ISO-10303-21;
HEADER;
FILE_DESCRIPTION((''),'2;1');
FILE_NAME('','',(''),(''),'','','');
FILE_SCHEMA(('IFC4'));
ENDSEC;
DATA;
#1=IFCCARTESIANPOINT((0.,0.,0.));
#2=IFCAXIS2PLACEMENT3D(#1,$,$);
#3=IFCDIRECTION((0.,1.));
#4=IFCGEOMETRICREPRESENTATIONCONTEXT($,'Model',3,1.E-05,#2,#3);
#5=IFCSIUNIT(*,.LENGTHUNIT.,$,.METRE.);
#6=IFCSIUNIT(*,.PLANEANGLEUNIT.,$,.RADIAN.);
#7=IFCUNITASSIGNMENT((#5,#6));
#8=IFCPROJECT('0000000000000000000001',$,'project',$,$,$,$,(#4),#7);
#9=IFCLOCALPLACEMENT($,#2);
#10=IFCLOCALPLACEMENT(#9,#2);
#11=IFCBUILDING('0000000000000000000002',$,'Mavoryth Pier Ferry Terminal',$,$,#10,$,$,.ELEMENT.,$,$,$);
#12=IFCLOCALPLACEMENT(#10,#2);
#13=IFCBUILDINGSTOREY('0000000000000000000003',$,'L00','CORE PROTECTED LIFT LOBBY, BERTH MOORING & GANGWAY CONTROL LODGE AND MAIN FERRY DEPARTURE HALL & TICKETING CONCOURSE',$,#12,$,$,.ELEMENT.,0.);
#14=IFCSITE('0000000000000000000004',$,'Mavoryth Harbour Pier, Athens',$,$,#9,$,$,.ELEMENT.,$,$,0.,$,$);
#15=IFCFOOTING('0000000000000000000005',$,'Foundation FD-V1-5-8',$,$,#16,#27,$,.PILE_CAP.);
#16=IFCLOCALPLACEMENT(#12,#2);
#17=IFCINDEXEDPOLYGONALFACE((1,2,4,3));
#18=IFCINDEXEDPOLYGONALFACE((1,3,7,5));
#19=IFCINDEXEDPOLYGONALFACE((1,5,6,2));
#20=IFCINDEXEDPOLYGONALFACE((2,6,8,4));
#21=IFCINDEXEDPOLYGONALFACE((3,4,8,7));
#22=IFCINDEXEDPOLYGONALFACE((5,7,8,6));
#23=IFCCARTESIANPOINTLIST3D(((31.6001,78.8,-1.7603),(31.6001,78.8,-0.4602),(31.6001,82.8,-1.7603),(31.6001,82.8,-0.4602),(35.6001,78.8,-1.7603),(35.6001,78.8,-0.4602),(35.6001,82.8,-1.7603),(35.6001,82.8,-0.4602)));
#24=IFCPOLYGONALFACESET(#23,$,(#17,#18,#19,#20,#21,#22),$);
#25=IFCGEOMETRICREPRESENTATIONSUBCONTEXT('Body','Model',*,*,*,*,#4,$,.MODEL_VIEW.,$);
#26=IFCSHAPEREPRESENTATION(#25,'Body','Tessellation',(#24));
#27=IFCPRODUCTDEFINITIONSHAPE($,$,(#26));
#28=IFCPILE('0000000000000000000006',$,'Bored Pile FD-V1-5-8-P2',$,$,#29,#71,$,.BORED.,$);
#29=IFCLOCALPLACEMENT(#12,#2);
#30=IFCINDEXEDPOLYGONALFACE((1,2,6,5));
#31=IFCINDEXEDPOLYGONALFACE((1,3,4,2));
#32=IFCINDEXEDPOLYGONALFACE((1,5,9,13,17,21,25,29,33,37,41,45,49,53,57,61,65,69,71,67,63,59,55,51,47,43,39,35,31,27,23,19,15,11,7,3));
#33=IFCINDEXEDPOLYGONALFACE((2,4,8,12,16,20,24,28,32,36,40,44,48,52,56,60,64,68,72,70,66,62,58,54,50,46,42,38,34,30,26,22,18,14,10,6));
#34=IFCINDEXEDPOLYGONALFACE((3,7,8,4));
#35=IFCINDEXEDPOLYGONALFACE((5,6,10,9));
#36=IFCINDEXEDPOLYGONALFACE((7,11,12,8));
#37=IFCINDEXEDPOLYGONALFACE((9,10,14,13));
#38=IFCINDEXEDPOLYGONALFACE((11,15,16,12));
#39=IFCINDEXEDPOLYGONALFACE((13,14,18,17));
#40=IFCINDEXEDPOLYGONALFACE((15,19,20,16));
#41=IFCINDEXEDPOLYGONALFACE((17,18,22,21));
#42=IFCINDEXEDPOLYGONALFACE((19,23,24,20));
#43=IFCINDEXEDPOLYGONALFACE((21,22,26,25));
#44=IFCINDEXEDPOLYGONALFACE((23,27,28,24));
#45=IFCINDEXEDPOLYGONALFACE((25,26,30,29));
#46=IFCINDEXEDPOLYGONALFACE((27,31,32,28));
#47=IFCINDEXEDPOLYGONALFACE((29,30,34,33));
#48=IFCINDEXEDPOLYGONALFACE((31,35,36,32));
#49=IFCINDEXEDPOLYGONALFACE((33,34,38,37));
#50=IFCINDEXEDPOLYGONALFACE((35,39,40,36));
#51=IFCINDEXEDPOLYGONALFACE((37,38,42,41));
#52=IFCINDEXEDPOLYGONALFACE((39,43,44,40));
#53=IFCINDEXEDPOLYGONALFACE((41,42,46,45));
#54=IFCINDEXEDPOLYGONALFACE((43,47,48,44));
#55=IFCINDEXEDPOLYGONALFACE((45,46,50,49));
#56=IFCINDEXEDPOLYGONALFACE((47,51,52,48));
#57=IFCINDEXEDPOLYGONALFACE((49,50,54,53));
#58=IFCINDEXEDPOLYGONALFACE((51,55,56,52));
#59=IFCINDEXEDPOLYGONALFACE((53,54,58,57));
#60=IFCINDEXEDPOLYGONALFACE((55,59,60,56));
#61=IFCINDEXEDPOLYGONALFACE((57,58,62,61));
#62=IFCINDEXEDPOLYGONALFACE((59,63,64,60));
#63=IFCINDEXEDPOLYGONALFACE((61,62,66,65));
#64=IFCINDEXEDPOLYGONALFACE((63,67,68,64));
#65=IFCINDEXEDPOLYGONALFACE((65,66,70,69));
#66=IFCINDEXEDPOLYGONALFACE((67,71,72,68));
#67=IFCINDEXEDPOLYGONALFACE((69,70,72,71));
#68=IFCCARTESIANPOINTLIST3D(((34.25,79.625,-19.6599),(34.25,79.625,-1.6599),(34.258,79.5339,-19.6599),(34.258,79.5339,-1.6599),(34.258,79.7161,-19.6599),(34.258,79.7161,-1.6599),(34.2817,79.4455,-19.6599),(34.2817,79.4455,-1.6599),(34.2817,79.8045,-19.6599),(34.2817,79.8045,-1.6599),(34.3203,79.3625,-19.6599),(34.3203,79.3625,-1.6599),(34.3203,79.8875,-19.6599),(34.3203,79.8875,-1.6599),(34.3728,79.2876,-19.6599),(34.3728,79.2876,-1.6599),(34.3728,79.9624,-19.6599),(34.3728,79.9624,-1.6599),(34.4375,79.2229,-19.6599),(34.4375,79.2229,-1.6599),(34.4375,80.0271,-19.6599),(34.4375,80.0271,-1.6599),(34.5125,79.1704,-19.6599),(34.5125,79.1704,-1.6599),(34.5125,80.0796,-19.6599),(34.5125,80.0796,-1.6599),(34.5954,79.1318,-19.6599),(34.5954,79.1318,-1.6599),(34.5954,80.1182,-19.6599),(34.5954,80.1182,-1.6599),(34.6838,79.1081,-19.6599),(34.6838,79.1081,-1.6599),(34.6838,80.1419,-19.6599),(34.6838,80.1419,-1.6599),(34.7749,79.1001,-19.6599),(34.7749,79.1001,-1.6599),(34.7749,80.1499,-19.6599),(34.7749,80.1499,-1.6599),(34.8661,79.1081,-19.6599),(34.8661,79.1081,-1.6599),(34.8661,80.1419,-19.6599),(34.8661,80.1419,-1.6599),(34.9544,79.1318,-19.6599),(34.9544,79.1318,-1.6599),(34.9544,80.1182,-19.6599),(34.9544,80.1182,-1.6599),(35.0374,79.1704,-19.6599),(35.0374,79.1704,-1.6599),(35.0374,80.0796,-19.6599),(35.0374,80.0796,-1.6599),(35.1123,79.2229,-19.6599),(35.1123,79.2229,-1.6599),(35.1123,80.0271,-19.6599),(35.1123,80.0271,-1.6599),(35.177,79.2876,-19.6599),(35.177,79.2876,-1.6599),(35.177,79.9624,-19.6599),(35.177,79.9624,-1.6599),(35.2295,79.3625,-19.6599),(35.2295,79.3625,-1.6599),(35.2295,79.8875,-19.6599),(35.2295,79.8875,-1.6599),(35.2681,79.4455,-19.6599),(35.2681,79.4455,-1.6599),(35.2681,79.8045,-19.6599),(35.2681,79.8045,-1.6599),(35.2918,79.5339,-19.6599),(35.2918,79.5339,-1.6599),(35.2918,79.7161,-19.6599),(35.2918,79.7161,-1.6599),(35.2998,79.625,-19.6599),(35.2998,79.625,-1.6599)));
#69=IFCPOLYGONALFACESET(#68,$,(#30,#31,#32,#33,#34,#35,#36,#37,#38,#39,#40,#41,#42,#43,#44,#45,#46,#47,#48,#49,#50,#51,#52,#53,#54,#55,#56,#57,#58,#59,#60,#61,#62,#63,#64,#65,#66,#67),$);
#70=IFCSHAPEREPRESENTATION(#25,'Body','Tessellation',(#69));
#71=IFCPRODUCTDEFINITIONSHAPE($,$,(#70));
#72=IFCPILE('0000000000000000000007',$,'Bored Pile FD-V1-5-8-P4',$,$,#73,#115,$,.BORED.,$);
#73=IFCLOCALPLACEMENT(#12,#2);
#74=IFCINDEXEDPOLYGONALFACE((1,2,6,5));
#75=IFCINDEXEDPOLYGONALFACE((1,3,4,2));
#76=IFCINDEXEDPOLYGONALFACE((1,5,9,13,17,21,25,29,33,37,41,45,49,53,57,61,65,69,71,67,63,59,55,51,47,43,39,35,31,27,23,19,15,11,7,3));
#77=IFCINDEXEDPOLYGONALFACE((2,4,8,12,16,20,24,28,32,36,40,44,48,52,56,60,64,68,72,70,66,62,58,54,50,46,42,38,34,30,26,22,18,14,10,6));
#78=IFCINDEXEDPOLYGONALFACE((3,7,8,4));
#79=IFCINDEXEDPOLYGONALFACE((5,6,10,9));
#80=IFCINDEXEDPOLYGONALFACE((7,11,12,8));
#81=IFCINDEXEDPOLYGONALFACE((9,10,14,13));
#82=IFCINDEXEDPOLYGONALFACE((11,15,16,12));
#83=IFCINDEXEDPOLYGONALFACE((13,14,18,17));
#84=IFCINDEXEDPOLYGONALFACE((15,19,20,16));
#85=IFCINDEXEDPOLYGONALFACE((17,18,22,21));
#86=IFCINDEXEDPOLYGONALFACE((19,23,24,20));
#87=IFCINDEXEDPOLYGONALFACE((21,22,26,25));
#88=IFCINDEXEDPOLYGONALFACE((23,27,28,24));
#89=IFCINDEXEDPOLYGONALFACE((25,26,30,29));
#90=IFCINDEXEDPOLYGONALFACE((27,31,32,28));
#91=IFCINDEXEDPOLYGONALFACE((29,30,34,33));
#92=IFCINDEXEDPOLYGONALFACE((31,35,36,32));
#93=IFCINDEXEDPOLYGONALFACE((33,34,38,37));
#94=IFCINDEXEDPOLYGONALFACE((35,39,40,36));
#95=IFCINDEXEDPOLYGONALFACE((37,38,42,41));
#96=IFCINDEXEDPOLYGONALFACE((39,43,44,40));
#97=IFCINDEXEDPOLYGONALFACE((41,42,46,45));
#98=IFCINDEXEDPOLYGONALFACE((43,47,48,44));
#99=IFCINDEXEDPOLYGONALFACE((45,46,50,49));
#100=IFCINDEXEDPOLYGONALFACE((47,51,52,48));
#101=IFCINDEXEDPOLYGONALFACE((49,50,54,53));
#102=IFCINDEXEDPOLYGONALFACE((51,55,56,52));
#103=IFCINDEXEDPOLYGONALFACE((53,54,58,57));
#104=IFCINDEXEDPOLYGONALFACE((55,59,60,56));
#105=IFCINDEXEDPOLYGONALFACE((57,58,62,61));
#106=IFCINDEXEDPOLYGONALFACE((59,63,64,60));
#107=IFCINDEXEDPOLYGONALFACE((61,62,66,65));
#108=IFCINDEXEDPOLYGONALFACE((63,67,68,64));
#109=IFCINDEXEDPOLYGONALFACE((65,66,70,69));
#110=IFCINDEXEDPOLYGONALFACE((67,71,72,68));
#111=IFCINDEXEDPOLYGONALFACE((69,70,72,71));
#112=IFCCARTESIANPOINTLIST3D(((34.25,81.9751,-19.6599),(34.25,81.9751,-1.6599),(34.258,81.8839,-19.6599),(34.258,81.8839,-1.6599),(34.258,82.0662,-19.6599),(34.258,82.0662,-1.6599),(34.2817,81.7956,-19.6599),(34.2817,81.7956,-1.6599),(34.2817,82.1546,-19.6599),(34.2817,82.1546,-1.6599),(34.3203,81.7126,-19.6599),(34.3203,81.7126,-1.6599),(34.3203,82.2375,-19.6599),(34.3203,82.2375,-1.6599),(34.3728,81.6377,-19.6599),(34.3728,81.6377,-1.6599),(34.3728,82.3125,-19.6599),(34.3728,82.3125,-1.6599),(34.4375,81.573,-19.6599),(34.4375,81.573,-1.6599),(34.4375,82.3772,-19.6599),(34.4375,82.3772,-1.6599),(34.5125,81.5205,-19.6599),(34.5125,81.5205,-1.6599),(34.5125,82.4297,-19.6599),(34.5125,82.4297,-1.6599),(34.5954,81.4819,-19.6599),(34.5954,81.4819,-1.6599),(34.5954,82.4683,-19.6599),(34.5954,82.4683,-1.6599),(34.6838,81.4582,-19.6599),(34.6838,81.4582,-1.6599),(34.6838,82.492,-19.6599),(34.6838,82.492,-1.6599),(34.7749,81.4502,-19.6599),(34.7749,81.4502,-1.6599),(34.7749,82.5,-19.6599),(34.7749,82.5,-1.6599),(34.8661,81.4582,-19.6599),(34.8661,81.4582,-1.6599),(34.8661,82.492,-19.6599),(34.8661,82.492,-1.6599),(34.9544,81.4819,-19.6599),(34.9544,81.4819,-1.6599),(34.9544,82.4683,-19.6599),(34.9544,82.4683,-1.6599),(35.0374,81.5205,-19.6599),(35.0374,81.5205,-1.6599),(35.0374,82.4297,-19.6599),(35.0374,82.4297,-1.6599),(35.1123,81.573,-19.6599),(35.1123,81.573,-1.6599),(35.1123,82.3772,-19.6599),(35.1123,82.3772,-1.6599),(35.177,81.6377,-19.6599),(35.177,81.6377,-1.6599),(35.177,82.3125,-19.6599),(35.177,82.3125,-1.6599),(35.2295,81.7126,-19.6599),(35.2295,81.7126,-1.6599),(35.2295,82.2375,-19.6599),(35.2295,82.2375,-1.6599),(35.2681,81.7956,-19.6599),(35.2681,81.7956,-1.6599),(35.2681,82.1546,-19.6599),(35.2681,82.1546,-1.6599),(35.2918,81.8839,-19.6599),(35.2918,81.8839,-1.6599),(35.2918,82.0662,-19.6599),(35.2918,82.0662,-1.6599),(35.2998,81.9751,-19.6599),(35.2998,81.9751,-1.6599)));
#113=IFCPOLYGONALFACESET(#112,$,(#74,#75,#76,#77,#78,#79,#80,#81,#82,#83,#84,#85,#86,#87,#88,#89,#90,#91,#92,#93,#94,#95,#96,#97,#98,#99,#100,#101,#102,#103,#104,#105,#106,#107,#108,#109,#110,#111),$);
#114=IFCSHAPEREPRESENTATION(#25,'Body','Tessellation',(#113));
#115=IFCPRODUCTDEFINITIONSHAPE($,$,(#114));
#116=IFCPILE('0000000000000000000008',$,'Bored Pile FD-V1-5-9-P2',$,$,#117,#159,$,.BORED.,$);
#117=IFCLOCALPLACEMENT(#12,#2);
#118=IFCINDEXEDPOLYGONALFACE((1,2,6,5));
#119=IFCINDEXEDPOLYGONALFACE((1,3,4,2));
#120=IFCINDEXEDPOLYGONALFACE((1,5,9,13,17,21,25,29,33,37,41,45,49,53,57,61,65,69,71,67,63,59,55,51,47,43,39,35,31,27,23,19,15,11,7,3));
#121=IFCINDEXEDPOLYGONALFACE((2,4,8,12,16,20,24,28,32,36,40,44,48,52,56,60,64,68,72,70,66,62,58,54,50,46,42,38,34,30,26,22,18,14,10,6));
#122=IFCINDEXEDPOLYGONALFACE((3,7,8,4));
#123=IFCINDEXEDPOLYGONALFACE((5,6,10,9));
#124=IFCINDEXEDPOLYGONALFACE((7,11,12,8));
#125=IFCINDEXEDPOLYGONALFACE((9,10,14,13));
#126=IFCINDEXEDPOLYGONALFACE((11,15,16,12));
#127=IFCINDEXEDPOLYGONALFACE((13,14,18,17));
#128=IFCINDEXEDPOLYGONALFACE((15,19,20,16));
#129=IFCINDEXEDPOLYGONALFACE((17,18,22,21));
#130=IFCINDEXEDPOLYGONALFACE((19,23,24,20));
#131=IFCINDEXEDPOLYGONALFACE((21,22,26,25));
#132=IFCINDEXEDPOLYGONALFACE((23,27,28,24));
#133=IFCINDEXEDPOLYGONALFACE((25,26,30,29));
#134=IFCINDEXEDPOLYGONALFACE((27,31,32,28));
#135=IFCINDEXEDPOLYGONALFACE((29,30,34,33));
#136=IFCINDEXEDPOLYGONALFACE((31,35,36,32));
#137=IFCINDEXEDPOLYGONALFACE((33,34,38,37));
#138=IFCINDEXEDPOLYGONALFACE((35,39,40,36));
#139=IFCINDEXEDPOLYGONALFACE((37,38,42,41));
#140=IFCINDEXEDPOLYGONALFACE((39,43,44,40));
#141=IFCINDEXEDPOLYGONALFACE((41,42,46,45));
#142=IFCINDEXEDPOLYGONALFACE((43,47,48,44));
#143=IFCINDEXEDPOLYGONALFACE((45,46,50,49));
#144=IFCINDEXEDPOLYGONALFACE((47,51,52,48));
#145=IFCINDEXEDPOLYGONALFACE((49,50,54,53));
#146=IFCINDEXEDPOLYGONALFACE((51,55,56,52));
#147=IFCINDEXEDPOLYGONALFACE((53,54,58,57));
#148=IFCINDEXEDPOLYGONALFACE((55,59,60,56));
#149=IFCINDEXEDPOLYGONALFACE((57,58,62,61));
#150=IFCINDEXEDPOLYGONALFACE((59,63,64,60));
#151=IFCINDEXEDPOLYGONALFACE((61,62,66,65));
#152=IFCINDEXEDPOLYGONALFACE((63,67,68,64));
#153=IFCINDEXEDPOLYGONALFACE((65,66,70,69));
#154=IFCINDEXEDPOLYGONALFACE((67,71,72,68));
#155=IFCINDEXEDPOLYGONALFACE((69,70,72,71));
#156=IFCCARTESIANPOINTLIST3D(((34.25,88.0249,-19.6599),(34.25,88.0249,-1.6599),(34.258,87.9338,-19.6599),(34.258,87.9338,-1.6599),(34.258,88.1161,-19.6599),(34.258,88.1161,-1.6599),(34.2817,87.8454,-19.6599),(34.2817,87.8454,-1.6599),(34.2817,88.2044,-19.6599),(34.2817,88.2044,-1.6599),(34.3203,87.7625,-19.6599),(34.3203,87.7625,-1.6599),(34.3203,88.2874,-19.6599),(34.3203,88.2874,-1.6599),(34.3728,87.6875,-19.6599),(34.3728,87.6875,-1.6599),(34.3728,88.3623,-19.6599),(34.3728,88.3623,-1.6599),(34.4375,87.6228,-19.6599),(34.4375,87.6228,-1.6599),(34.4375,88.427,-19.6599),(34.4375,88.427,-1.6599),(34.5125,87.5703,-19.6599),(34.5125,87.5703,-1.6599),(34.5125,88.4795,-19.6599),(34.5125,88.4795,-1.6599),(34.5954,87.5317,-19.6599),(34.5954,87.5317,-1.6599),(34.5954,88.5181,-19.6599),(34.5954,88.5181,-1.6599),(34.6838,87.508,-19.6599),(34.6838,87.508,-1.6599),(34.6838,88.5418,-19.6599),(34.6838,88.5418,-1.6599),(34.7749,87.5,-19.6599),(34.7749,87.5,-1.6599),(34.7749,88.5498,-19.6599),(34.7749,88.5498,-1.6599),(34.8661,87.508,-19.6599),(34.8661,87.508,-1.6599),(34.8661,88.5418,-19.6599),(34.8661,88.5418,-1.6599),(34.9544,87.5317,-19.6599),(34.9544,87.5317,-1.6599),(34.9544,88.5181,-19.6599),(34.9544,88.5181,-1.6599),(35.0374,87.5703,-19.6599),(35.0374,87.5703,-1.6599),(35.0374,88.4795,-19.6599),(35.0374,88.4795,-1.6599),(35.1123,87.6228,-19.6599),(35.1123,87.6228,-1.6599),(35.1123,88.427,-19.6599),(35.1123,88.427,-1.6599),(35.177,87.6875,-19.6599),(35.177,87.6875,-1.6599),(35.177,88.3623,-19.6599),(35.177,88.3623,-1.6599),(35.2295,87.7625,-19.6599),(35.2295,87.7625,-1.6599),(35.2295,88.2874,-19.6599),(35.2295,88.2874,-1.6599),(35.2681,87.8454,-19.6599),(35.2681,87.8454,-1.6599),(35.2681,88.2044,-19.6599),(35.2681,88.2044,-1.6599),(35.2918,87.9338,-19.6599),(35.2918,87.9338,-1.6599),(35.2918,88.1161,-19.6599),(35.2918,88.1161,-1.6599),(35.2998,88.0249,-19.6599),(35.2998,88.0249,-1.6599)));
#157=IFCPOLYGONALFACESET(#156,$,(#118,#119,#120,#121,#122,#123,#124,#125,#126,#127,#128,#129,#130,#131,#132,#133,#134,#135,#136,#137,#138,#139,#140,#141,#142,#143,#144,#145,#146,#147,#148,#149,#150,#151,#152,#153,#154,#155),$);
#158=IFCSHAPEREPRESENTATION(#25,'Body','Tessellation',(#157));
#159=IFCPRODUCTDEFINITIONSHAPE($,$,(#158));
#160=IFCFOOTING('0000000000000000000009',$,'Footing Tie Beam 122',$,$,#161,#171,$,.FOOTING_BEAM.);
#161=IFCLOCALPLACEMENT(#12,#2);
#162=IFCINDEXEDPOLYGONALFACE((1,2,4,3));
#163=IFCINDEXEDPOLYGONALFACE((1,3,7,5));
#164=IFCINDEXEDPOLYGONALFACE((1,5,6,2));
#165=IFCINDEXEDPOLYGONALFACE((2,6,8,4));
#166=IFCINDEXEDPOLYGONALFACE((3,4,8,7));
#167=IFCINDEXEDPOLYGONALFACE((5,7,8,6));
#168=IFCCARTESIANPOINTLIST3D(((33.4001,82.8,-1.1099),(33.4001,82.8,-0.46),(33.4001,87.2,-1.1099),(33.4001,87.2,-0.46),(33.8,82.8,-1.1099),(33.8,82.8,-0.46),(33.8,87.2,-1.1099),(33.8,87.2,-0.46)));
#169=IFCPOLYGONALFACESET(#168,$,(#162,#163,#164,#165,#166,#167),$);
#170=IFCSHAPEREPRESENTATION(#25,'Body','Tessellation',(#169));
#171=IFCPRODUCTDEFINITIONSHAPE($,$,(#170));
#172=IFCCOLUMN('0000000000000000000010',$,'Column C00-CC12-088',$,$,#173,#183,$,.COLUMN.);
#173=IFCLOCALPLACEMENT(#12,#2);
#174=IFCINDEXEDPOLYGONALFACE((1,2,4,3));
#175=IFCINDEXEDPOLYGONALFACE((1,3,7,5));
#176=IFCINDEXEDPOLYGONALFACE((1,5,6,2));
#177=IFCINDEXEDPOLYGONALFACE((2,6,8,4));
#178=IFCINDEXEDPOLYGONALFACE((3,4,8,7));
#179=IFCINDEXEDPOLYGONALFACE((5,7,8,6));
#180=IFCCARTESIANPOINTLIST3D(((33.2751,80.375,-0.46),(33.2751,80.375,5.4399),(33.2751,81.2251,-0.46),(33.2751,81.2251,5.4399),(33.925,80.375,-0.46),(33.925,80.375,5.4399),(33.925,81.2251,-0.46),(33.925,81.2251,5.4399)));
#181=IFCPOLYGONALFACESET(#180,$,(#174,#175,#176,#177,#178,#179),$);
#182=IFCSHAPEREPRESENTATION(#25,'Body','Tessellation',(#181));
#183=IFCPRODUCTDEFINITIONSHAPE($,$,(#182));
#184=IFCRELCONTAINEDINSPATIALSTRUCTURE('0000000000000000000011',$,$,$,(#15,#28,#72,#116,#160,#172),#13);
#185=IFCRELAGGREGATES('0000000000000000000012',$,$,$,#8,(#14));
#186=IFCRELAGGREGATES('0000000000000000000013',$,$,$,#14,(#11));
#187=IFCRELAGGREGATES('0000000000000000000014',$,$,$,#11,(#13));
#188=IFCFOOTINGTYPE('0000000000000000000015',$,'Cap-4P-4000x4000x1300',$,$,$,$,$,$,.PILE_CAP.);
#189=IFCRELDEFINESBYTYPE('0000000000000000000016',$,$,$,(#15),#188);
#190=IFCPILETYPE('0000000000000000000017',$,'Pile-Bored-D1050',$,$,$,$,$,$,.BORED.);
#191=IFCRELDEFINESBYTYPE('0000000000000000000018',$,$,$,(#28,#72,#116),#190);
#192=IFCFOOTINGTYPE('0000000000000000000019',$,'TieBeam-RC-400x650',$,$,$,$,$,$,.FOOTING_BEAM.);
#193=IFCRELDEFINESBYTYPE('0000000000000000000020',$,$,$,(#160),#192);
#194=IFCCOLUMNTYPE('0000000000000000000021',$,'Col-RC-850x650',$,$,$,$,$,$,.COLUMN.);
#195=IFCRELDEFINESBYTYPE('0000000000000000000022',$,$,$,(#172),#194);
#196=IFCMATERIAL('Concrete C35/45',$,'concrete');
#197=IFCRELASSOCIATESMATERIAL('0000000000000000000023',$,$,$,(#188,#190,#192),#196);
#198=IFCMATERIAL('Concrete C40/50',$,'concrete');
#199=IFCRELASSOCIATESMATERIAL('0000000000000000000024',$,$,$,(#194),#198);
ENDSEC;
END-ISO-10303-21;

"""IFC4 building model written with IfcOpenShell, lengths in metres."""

from ifc_helpers import new_model, si_unit, direction, frame, origin, origin_2d, place, context, subcontext, project, spatial, rectangle, circle, extrude, material, material_profile, profile_set, type_object, element, save


model = new_model("IFC4")

# Units and contexts
model_context = context("Model", 3, precision=1e-05, world=origin(), true_north=direction((0.0, 1.0)))
body_context = subcontext(model_context, "Body", "Model", "MODEL_VIEW")
ifc_project = project(units=[si_unit("LENGTHUNIT", "METRE"), si_unit("PLANEANGLEUNIT", "RADIAN")], contexts=[model_context])

# Site, building, storey
site_placement = place(None, origin())
site = spatial("IfcSite", under=ifc_project, at=site_placement, Name="Mavoryth Harbour Pier, Athens", CompositionType="ELEMENT", RefElevation=0.0)
building_placement = place(site_placement, origin())
building = spatial("IfcBuilding", under=site, at=building_placement, Name="Mavoryth Pier Ferry Terminal", CompositionType="ELEMENT")
storey_placement = place(building_placement, origin())
storey = spatial("IfcBuildingStorey", under=building, at=storey_placement, Name="L00", Description="CORE PROTECTED LIFT LOBBY, BERTH MOORING & GANGWAY CONTROL LODGE AND MAIN FERRY DEPARTURE HALL & TICKETING CONCOURSE", CompositionType="ELEMENT", Elevation=0.0)

# Footing
ifc_material_1 = material(Name="Concrete C35/45", Category="concrete")
footing_type_1 = type_object("IfcFootingType", Name="Cap-4P-4000x4000x1300", PredefinedType="PILE_CAP", material=ifc_material_1)
footing_1_placement = place(storey_placement, frame((33.6001, 80.8, -1.7603), z_axis=(0.0, 0.0, 1.0), x_axis=(1.0, 0.0, 0.0)))
element("IfcFooting", 1, at=footing_1_placement, inside=storey, type_object=footing_type_1, Name="Foundation FD-V1-5-8", PredefinedType="PILE_CAP", context=body_context, shape_type="SweptSolid", body=[
    extrude(rectangle(XDim=4.0, YDim=4.0, at=origin_2d()), origin(), (0.0, 0.0, 1.0), 1.3),
])

# Piles
ifc_material_profile_1 = material_profile(ifc_material_1, circle(Radius=0.5249, at=origin_2d()), Name="PILE D1050", Category="concrete")
ifc_profile_set_1 = profile_set([ifc_material_profile_1], Name="Concrete C35/45 - PILE D1050")
pile_type = type_object("IfcPileType", Name="Pile-Bored-D1050", PredefinedType="BORED", material=ifc_profile_set_1)
for number, where, z_axis, x_axis, name in (
    (2, (34.7749, 79.625, -1.6599), (0.0, 0.0, -1.0), (1.0, 0.0, 0.0), "Bored Pile FD-V1-5-8-P2"),
    (3, (34.7749, 81.9751, -1.6599), (0.0, 0.0, -1.0), (1.0, 0.0, 0.0), "Bored Pile FD-V1-5-8-P4"),
    (4, (34.7749, 88.0249, -1.6599), (0.0, 0.0, -1.0), (1.0, 0.0, 0.0), "Bored Pile FD-V1-5-9-P2"),
):
    element("IfcPile", number, at=place(storey_placement, frame(where, z_axis=z_axis, x_axis=x_axis)), inside=storey, type_object=pile_type, Name=name, PredefinedType="BORED", context=body_context, shape_type="SweptSolid", body=[
        extrude(circle(Radius=0.5249, at=origin_2d()), origin(), (0.0, 0.0, 1.0), 18.0),
    ])

# Footing
ifc_material_profile_2 = material_profile(ifc_material_1, rectangle(XDim=0.3999, YDim=0.6499, at=origin_2d()), Name="RC 400x650", Category="concrete")
ifc_profile_set_2 = profile_set([ifc_material_profile_2], Name="Concrete C35/45 - RC 400x650")
footing_type_2 = type_object("IfcFootingType", Name="TieBeam-RC-400x650", PredefinedType="FOOTING_BEAM", material=ifc_profile_set_2)
footing_2_placement = place(storey_placement, frame((33.6001, 82.8, -0.7849), z_axis=(0.0, 1.0, 0.0), x_axis=(-1.0, 0.0, 0.0)))
element("IfcFooting", 5, at=footing_2_placement, inside=storey, type_object=footing_type_2, Name="Footing Tie Beam 122", PredefinedType="FOOTING_BEAM", context=body_context, shape_type="SweptSolid", body=[
    extrude(rectangle(XDim=0.3999, YDim=0.6499, at=origin_2d()), origin(), (0.0, 0.0, 1.0), 4.3999),
])

# Column
ifc_material_2 = material(Name="Concrete C40/50", Category="concrete")
ifc_material_profile_3 = material_profile(ifc_material_2, rectangle(XDim=0.6499, YDim=0.8501, at=origin_2d()), Name="RC 850x650", Category="concrete")
ifc_profile_set_3 = profile_set([ifc_material_profile_3], Name="Concrete C40/50 - RC 850x650")
column_type = type_object("IfcColumnType", Name="Col-RC-850x650", PredefinedType="COLUMN", material=ifc_profile_set_3)
column_placement = place(storey_placement, frame((33.6001, 80.8, -0.46), z_axis=(0.0, 0.0, 1.0), x_axis=(1.0, 0.0, 0.0)))
element("IfcColumn", 6, at=column_placement, inside=storey, type_object=column_type, Name="Column C00-CC12-088", PredefinedType="COLUMN", context=body_context, shape_type="SweptSolid", body=[
    extrude(rectangle(XDim=0.6499, YDim=0.8501, at=origin_2d()), origin(), (0.0, 0.0, 1.0), 5.8999),
])

save(model, "model.ifc")
